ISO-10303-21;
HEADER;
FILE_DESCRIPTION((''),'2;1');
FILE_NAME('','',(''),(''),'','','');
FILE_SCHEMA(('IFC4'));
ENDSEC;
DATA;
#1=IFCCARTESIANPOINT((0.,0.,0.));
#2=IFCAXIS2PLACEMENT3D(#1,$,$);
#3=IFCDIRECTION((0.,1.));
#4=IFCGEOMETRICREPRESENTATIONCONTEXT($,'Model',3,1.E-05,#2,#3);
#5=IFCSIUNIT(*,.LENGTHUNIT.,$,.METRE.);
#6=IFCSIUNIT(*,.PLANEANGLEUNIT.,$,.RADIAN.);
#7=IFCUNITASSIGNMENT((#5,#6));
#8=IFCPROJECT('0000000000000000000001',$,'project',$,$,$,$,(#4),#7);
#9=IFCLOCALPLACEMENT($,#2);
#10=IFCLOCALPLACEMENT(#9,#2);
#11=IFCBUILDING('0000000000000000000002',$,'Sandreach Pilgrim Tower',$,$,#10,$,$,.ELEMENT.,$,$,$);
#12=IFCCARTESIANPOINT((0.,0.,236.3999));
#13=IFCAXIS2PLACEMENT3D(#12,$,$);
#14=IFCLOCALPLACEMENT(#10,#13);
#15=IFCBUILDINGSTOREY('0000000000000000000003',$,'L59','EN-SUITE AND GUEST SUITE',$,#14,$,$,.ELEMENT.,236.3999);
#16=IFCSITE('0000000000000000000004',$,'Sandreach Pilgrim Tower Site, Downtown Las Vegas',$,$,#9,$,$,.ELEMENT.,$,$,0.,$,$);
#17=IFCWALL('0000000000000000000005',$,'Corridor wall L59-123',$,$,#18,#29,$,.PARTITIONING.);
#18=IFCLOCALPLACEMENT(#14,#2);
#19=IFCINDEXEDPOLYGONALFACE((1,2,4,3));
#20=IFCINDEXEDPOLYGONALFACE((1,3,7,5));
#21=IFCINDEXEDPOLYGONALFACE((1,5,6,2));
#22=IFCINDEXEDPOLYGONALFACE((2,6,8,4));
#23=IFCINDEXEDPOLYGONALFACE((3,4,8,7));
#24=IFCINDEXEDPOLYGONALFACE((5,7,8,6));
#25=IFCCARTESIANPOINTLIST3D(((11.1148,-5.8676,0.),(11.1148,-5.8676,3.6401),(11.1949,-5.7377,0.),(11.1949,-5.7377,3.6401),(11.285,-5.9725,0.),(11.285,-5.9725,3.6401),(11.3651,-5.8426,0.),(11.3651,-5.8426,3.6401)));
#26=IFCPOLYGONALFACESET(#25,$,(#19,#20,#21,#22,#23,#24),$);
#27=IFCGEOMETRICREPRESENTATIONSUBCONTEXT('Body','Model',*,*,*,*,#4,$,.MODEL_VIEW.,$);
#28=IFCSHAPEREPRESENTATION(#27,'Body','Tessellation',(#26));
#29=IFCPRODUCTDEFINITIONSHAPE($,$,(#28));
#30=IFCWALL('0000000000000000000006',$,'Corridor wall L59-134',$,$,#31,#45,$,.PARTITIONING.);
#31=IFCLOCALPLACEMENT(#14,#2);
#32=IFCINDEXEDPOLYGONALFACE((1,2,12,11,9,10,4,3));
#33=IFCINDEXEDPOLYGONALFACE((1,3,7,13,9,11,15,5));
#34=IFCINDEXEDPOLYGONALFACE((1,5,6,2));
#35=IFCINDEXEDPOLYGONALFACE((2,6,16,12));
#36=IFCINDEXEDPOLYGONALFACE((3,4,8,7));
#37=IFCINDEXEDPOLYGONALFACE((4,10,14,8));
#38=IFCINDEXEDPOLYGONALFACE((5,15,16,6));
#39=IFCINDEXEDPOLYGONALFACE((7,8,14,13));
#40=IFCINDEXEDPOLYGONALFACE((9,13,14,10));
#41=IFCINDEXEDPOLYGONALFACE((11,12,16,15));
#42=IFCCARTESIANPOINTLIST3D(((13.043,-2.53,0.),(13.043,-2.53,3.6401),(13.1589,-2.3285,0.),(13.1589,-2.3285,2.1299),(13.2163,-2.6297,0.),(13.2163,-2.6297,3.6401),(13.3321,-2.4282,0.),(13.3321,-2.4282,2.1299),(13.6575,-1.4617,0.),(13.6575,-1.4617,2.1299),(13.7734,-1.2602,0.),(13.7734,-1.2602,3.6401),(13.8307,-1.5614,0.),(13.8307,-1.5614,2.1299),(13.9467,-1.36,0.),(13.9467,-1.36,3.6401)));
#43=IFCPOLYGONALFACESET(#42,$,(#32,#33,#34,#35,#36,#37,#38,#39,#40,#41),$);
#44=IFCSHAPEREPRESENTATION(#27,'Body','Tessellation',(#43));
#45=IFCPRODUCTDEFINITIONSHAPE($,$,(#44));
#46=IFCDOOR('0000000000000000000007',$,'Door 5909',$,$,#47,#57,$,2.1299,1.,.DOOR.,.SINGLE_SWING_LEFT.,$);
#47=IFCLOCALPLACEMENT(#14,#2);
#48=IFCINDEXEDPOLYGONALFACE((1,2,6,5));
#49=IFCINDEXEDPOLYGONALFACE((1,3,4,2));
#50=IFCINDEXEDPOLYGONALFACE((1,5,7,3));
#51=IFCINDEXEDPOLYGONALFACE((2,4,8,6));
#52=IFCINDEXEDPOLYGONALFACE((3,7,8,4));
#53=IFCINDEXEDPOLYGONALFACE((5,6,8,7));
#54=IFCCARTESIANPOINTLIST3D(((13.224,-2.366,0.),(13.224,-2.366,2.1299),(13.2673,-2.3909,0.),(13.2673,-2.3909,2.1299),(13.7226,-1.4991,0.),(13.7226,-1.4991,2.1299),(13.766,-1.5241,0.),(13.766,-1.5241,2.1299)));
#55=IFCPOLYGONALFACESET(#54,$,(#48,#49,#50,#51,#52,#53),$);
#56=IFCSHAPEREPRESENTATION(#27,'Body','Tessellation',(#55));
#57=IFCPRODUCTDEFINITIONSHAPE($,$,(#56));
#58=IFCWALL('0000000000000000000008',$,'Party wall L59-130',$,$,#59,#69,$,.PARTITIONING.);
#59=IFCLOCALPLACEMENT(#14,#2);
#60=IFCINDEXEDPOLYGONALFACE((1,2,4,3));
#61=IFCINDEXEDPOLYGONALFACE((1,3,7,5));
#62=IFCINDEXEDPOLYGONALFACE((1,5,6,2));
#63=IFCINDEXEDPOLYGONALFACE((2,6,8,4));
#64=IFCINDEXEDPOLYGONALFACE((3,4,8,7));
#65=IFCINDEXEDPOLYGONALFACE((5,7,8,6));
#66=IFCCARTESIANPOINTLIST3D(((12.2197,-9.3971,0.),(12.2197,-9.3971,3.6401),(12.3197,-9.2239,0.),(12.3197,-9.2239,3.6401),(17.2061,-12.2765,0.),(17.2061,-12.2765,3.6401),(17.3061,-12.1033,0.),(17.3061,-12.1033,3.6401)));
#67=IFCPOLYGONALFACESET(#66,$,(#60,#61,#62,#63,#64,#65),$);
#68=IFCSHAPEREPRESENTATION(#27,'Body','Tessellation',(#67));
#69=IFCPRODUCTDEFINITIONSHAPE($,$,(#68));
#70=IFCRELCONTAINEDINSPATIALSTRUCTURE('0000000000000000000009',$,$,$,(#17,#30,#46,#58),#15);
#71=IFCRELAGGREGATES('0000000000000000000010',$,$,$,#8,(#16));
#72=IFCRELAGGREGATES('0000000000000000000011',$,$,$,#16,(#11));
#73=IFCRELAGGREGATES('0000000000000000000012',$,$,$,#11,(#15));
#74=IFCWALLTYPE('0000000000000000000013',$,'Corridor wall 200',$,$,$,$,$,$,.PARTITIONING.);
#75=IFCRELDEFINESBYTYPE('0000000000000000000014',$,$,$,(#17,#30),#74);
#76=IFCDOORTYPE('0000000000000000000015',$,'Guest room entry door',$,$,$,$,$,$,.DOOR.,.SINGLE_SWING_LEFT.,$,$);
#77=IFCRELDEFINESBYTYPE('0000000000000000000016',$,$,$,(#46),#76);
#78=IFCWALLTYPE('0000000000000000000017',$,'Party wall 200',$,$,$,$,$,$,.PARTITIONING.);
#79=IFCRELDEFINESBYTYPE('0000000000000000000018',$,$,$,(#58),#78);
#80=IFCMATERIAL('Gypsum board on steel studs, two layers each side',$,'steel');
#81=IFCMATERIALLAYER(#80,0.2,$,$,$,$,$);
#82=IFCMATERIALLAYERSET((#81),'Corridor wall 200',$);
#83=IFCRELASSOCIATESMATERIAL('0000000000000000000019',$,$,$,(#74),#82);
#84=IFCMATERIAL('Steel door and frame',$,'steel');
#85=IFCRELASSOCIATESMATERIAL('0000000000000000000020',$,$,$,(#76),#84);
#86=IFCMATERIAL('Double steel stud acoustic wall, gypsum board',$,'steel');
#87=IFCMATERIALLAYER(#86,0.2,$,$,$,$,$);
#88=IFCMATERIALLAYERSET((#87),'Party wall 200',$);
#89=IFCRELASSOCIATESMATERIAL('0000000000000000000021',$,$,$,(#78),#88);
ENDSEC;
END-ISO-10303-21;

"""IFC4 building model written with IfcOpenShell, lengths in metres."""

from ifc_helpers import new_model, si_unit, direction, frame, frame_2d, origin, place, context, subcontext, project, spatial, rectangle, extrude, material, layer, layer_set, type_object, element, fill, save


model = new_model("IFC4")

# Units and contexts
model_context = context("Model", 3, precision=1e-05, world=origin(), true_north=direction((0.0, 1.0)))
body_context = subcontext(model_context, "Body", "Model", "MODEL_VIEW")
ifc_project = project(units=[si_unit("LENGTHUNIT", "METRE"), si_unit("PLANEANGLEUNIT", "RADIAN")], contexts=[model_context])

# Site, building, storey
site_placement = place(None, origin())
site = spatial("IfcSite", under=ifc_project, at=site_placement, Name="Sandreach Pilgrim Tower Site, Downtown Las Vegas", CompositionType="ELEMENT", RefElevation=0.0)
building_placement = place(site_placement, origin())
building = spatial("IfcBuilding", under=site, at=building_placement, Name="Sandreach Pilgrim Tower", CompositionType="ELEMENT")
storey_placement = place(building_placement, frame((0.0, 0.0, 236.3999)))
storey = spatial("IfcBuildingStorey", under=building, at=storey_placement, Name="L59", Description="EN-SUITE AND GUEST SUITE", CompositionType="ELEMENT", Elevation=236.3999)

# Shared definitions
ifc_material_1 = material(Name="Gypsum board on steel studs, two layers each side", Category="steel")
ifc_layer_1 = layer(ifc_material_1, 0.2)
ifc_layer_set_1 = layer_set([ifc_layer_1], Name="Corridor wall 200")
wall_type_1 = type_object("IfcWallType", Name="Corridor wall 200", PredefinedType="PARTITIONING", material=ifc_layer_set_1)
ifc_material_2 = material(Name="Steel door and frame", Category="steel")
door_type_1 = type_object("IfcDoorType", Name="Guest room entry door", OperationType="SINGLE_SWING_LEFT", PredefinedType="DOOR", material=ifc_material_2)

# Wall
wall_1_placement = place(storey_placement, frame((11.2, -5.9199, 0.0), z_axis=(0.0, 0.0, 1.0), x_axis=(0.524811, 0.851219, 0.0)))
element("IfcWall", 1, at=wall_1_placement, inside=storey, type_object=wall_type_1, Name="Corridor wall L59-123", PredefinedType="PARTITIONING", context=body_context, shape_type="SweptSolid", body=[
    extrude(rectangle(XDim=0.1526, YDim=0.2, at=frame_2d((0.0762, 0.0))), origin(), (0.0, 0.0, 1.0), 3.6401),
])

# Wall, opening, door
wall_2_placement = place(storey_placement, frame((13.1296, -2.5798, 0.0), z_axis=(0.0, 0.0, 1.0), x_axis=(0.49865, 0.866804, 0.0)))
wall_2 = element("IfcWall", 2, at=wall_2_placement, inside=storey, type_object=wall_type_1, Name="Corridor wall L59-134", PredefinedType="PARTITIONING", context=body_context, shape_type="SweptSolid", body=[
    extrude(rectangle(XDim=1.4648, YDim=0.2, at=frame_2d((0.7324, 0.0))), origin(), (0.0, 0.0, 1.0), 3.6401),
])
opening_1_placement = place(wall_2_placement, frame((0.2324, 0.0, 0.0)))
opening_1 = element("IfcOpeningElement", 3, at=opening_1_placement, cuts=wall_2, PredefinedType="OPENING", context=body_context, shape_type="SweptSolid", body=[
    extrude(rectangle(XDim=1.0, YDim=2.1299, at=frame_2d((0.5, 1.0649))), frame((0.0, 0.1001, 0.0), z_axis=(0.0, -1.0, 0.0), x_axis=(1.0, 0.0, 0.0)), (0.0, 0.0, 1.0), 0.2),
])
door_1_placement = place(opening_1_placement, origin())
door_1 = element("IfcDoor", 4, at=door_1_placement, inside=storey, type_object=door_type_1, Name="Door 5909", OperationType="SINGLE_SWING_LEFT", OverallHeight=2.1299, OverallWidth=1.0, PredefinedType="DOOR", context=body_context, shape_type="SweptSolid", body=[
    extrude(rectangle(XDim=1.0, YDim=2.1299, at=frame_2d((0.5, 1.0649))), frame((0.0, 0.0249, 0.0), z_axis=(0.0, -1.0, 0.0), x_axis=(1.0, 0.0, 0.0)), (0.0, 0.0, 1.0), 0.05),
])
fill(opening_1, door_1)

# Wall
ifc_material_3 = material(Name="Double steel stud acoustic wall, gypsum board", Category="steel")
ifc_layer_2 = layer(ifc_material_3, 0.2)
ifc_layer_set_2 = layer_set([ifc_layer_2], Name="Party wall 200")
wall_type_2 = type_object("IfcWallType", Name="Party wall 200", PredefinedType="PARTITIONING", material=ifc_layer_set_2)
wall_3_placement = place(storey_placement, frame((12.2698, -9.3105, 0.0), z_axis=(0.0, 0.0, 1.0), x_axis=(0.865985, -0.50007, 0.0)))
element("IfcWall", 5, at=wall_3_placement, inside=storey, type_object=wall_type_2, Name="Party wall L59-130", PredefinedType="PARTITIONING", context=body_context, shape_type="SweptSolid", body=[
    extrude(rectangle(XDim=5.7581, YDim=0.2, at=frame_2d((2.8789, 0.0))), origin(), (0.0, 0.0, 1.0), 3.6401),
])

save(model, "model.ifc")
